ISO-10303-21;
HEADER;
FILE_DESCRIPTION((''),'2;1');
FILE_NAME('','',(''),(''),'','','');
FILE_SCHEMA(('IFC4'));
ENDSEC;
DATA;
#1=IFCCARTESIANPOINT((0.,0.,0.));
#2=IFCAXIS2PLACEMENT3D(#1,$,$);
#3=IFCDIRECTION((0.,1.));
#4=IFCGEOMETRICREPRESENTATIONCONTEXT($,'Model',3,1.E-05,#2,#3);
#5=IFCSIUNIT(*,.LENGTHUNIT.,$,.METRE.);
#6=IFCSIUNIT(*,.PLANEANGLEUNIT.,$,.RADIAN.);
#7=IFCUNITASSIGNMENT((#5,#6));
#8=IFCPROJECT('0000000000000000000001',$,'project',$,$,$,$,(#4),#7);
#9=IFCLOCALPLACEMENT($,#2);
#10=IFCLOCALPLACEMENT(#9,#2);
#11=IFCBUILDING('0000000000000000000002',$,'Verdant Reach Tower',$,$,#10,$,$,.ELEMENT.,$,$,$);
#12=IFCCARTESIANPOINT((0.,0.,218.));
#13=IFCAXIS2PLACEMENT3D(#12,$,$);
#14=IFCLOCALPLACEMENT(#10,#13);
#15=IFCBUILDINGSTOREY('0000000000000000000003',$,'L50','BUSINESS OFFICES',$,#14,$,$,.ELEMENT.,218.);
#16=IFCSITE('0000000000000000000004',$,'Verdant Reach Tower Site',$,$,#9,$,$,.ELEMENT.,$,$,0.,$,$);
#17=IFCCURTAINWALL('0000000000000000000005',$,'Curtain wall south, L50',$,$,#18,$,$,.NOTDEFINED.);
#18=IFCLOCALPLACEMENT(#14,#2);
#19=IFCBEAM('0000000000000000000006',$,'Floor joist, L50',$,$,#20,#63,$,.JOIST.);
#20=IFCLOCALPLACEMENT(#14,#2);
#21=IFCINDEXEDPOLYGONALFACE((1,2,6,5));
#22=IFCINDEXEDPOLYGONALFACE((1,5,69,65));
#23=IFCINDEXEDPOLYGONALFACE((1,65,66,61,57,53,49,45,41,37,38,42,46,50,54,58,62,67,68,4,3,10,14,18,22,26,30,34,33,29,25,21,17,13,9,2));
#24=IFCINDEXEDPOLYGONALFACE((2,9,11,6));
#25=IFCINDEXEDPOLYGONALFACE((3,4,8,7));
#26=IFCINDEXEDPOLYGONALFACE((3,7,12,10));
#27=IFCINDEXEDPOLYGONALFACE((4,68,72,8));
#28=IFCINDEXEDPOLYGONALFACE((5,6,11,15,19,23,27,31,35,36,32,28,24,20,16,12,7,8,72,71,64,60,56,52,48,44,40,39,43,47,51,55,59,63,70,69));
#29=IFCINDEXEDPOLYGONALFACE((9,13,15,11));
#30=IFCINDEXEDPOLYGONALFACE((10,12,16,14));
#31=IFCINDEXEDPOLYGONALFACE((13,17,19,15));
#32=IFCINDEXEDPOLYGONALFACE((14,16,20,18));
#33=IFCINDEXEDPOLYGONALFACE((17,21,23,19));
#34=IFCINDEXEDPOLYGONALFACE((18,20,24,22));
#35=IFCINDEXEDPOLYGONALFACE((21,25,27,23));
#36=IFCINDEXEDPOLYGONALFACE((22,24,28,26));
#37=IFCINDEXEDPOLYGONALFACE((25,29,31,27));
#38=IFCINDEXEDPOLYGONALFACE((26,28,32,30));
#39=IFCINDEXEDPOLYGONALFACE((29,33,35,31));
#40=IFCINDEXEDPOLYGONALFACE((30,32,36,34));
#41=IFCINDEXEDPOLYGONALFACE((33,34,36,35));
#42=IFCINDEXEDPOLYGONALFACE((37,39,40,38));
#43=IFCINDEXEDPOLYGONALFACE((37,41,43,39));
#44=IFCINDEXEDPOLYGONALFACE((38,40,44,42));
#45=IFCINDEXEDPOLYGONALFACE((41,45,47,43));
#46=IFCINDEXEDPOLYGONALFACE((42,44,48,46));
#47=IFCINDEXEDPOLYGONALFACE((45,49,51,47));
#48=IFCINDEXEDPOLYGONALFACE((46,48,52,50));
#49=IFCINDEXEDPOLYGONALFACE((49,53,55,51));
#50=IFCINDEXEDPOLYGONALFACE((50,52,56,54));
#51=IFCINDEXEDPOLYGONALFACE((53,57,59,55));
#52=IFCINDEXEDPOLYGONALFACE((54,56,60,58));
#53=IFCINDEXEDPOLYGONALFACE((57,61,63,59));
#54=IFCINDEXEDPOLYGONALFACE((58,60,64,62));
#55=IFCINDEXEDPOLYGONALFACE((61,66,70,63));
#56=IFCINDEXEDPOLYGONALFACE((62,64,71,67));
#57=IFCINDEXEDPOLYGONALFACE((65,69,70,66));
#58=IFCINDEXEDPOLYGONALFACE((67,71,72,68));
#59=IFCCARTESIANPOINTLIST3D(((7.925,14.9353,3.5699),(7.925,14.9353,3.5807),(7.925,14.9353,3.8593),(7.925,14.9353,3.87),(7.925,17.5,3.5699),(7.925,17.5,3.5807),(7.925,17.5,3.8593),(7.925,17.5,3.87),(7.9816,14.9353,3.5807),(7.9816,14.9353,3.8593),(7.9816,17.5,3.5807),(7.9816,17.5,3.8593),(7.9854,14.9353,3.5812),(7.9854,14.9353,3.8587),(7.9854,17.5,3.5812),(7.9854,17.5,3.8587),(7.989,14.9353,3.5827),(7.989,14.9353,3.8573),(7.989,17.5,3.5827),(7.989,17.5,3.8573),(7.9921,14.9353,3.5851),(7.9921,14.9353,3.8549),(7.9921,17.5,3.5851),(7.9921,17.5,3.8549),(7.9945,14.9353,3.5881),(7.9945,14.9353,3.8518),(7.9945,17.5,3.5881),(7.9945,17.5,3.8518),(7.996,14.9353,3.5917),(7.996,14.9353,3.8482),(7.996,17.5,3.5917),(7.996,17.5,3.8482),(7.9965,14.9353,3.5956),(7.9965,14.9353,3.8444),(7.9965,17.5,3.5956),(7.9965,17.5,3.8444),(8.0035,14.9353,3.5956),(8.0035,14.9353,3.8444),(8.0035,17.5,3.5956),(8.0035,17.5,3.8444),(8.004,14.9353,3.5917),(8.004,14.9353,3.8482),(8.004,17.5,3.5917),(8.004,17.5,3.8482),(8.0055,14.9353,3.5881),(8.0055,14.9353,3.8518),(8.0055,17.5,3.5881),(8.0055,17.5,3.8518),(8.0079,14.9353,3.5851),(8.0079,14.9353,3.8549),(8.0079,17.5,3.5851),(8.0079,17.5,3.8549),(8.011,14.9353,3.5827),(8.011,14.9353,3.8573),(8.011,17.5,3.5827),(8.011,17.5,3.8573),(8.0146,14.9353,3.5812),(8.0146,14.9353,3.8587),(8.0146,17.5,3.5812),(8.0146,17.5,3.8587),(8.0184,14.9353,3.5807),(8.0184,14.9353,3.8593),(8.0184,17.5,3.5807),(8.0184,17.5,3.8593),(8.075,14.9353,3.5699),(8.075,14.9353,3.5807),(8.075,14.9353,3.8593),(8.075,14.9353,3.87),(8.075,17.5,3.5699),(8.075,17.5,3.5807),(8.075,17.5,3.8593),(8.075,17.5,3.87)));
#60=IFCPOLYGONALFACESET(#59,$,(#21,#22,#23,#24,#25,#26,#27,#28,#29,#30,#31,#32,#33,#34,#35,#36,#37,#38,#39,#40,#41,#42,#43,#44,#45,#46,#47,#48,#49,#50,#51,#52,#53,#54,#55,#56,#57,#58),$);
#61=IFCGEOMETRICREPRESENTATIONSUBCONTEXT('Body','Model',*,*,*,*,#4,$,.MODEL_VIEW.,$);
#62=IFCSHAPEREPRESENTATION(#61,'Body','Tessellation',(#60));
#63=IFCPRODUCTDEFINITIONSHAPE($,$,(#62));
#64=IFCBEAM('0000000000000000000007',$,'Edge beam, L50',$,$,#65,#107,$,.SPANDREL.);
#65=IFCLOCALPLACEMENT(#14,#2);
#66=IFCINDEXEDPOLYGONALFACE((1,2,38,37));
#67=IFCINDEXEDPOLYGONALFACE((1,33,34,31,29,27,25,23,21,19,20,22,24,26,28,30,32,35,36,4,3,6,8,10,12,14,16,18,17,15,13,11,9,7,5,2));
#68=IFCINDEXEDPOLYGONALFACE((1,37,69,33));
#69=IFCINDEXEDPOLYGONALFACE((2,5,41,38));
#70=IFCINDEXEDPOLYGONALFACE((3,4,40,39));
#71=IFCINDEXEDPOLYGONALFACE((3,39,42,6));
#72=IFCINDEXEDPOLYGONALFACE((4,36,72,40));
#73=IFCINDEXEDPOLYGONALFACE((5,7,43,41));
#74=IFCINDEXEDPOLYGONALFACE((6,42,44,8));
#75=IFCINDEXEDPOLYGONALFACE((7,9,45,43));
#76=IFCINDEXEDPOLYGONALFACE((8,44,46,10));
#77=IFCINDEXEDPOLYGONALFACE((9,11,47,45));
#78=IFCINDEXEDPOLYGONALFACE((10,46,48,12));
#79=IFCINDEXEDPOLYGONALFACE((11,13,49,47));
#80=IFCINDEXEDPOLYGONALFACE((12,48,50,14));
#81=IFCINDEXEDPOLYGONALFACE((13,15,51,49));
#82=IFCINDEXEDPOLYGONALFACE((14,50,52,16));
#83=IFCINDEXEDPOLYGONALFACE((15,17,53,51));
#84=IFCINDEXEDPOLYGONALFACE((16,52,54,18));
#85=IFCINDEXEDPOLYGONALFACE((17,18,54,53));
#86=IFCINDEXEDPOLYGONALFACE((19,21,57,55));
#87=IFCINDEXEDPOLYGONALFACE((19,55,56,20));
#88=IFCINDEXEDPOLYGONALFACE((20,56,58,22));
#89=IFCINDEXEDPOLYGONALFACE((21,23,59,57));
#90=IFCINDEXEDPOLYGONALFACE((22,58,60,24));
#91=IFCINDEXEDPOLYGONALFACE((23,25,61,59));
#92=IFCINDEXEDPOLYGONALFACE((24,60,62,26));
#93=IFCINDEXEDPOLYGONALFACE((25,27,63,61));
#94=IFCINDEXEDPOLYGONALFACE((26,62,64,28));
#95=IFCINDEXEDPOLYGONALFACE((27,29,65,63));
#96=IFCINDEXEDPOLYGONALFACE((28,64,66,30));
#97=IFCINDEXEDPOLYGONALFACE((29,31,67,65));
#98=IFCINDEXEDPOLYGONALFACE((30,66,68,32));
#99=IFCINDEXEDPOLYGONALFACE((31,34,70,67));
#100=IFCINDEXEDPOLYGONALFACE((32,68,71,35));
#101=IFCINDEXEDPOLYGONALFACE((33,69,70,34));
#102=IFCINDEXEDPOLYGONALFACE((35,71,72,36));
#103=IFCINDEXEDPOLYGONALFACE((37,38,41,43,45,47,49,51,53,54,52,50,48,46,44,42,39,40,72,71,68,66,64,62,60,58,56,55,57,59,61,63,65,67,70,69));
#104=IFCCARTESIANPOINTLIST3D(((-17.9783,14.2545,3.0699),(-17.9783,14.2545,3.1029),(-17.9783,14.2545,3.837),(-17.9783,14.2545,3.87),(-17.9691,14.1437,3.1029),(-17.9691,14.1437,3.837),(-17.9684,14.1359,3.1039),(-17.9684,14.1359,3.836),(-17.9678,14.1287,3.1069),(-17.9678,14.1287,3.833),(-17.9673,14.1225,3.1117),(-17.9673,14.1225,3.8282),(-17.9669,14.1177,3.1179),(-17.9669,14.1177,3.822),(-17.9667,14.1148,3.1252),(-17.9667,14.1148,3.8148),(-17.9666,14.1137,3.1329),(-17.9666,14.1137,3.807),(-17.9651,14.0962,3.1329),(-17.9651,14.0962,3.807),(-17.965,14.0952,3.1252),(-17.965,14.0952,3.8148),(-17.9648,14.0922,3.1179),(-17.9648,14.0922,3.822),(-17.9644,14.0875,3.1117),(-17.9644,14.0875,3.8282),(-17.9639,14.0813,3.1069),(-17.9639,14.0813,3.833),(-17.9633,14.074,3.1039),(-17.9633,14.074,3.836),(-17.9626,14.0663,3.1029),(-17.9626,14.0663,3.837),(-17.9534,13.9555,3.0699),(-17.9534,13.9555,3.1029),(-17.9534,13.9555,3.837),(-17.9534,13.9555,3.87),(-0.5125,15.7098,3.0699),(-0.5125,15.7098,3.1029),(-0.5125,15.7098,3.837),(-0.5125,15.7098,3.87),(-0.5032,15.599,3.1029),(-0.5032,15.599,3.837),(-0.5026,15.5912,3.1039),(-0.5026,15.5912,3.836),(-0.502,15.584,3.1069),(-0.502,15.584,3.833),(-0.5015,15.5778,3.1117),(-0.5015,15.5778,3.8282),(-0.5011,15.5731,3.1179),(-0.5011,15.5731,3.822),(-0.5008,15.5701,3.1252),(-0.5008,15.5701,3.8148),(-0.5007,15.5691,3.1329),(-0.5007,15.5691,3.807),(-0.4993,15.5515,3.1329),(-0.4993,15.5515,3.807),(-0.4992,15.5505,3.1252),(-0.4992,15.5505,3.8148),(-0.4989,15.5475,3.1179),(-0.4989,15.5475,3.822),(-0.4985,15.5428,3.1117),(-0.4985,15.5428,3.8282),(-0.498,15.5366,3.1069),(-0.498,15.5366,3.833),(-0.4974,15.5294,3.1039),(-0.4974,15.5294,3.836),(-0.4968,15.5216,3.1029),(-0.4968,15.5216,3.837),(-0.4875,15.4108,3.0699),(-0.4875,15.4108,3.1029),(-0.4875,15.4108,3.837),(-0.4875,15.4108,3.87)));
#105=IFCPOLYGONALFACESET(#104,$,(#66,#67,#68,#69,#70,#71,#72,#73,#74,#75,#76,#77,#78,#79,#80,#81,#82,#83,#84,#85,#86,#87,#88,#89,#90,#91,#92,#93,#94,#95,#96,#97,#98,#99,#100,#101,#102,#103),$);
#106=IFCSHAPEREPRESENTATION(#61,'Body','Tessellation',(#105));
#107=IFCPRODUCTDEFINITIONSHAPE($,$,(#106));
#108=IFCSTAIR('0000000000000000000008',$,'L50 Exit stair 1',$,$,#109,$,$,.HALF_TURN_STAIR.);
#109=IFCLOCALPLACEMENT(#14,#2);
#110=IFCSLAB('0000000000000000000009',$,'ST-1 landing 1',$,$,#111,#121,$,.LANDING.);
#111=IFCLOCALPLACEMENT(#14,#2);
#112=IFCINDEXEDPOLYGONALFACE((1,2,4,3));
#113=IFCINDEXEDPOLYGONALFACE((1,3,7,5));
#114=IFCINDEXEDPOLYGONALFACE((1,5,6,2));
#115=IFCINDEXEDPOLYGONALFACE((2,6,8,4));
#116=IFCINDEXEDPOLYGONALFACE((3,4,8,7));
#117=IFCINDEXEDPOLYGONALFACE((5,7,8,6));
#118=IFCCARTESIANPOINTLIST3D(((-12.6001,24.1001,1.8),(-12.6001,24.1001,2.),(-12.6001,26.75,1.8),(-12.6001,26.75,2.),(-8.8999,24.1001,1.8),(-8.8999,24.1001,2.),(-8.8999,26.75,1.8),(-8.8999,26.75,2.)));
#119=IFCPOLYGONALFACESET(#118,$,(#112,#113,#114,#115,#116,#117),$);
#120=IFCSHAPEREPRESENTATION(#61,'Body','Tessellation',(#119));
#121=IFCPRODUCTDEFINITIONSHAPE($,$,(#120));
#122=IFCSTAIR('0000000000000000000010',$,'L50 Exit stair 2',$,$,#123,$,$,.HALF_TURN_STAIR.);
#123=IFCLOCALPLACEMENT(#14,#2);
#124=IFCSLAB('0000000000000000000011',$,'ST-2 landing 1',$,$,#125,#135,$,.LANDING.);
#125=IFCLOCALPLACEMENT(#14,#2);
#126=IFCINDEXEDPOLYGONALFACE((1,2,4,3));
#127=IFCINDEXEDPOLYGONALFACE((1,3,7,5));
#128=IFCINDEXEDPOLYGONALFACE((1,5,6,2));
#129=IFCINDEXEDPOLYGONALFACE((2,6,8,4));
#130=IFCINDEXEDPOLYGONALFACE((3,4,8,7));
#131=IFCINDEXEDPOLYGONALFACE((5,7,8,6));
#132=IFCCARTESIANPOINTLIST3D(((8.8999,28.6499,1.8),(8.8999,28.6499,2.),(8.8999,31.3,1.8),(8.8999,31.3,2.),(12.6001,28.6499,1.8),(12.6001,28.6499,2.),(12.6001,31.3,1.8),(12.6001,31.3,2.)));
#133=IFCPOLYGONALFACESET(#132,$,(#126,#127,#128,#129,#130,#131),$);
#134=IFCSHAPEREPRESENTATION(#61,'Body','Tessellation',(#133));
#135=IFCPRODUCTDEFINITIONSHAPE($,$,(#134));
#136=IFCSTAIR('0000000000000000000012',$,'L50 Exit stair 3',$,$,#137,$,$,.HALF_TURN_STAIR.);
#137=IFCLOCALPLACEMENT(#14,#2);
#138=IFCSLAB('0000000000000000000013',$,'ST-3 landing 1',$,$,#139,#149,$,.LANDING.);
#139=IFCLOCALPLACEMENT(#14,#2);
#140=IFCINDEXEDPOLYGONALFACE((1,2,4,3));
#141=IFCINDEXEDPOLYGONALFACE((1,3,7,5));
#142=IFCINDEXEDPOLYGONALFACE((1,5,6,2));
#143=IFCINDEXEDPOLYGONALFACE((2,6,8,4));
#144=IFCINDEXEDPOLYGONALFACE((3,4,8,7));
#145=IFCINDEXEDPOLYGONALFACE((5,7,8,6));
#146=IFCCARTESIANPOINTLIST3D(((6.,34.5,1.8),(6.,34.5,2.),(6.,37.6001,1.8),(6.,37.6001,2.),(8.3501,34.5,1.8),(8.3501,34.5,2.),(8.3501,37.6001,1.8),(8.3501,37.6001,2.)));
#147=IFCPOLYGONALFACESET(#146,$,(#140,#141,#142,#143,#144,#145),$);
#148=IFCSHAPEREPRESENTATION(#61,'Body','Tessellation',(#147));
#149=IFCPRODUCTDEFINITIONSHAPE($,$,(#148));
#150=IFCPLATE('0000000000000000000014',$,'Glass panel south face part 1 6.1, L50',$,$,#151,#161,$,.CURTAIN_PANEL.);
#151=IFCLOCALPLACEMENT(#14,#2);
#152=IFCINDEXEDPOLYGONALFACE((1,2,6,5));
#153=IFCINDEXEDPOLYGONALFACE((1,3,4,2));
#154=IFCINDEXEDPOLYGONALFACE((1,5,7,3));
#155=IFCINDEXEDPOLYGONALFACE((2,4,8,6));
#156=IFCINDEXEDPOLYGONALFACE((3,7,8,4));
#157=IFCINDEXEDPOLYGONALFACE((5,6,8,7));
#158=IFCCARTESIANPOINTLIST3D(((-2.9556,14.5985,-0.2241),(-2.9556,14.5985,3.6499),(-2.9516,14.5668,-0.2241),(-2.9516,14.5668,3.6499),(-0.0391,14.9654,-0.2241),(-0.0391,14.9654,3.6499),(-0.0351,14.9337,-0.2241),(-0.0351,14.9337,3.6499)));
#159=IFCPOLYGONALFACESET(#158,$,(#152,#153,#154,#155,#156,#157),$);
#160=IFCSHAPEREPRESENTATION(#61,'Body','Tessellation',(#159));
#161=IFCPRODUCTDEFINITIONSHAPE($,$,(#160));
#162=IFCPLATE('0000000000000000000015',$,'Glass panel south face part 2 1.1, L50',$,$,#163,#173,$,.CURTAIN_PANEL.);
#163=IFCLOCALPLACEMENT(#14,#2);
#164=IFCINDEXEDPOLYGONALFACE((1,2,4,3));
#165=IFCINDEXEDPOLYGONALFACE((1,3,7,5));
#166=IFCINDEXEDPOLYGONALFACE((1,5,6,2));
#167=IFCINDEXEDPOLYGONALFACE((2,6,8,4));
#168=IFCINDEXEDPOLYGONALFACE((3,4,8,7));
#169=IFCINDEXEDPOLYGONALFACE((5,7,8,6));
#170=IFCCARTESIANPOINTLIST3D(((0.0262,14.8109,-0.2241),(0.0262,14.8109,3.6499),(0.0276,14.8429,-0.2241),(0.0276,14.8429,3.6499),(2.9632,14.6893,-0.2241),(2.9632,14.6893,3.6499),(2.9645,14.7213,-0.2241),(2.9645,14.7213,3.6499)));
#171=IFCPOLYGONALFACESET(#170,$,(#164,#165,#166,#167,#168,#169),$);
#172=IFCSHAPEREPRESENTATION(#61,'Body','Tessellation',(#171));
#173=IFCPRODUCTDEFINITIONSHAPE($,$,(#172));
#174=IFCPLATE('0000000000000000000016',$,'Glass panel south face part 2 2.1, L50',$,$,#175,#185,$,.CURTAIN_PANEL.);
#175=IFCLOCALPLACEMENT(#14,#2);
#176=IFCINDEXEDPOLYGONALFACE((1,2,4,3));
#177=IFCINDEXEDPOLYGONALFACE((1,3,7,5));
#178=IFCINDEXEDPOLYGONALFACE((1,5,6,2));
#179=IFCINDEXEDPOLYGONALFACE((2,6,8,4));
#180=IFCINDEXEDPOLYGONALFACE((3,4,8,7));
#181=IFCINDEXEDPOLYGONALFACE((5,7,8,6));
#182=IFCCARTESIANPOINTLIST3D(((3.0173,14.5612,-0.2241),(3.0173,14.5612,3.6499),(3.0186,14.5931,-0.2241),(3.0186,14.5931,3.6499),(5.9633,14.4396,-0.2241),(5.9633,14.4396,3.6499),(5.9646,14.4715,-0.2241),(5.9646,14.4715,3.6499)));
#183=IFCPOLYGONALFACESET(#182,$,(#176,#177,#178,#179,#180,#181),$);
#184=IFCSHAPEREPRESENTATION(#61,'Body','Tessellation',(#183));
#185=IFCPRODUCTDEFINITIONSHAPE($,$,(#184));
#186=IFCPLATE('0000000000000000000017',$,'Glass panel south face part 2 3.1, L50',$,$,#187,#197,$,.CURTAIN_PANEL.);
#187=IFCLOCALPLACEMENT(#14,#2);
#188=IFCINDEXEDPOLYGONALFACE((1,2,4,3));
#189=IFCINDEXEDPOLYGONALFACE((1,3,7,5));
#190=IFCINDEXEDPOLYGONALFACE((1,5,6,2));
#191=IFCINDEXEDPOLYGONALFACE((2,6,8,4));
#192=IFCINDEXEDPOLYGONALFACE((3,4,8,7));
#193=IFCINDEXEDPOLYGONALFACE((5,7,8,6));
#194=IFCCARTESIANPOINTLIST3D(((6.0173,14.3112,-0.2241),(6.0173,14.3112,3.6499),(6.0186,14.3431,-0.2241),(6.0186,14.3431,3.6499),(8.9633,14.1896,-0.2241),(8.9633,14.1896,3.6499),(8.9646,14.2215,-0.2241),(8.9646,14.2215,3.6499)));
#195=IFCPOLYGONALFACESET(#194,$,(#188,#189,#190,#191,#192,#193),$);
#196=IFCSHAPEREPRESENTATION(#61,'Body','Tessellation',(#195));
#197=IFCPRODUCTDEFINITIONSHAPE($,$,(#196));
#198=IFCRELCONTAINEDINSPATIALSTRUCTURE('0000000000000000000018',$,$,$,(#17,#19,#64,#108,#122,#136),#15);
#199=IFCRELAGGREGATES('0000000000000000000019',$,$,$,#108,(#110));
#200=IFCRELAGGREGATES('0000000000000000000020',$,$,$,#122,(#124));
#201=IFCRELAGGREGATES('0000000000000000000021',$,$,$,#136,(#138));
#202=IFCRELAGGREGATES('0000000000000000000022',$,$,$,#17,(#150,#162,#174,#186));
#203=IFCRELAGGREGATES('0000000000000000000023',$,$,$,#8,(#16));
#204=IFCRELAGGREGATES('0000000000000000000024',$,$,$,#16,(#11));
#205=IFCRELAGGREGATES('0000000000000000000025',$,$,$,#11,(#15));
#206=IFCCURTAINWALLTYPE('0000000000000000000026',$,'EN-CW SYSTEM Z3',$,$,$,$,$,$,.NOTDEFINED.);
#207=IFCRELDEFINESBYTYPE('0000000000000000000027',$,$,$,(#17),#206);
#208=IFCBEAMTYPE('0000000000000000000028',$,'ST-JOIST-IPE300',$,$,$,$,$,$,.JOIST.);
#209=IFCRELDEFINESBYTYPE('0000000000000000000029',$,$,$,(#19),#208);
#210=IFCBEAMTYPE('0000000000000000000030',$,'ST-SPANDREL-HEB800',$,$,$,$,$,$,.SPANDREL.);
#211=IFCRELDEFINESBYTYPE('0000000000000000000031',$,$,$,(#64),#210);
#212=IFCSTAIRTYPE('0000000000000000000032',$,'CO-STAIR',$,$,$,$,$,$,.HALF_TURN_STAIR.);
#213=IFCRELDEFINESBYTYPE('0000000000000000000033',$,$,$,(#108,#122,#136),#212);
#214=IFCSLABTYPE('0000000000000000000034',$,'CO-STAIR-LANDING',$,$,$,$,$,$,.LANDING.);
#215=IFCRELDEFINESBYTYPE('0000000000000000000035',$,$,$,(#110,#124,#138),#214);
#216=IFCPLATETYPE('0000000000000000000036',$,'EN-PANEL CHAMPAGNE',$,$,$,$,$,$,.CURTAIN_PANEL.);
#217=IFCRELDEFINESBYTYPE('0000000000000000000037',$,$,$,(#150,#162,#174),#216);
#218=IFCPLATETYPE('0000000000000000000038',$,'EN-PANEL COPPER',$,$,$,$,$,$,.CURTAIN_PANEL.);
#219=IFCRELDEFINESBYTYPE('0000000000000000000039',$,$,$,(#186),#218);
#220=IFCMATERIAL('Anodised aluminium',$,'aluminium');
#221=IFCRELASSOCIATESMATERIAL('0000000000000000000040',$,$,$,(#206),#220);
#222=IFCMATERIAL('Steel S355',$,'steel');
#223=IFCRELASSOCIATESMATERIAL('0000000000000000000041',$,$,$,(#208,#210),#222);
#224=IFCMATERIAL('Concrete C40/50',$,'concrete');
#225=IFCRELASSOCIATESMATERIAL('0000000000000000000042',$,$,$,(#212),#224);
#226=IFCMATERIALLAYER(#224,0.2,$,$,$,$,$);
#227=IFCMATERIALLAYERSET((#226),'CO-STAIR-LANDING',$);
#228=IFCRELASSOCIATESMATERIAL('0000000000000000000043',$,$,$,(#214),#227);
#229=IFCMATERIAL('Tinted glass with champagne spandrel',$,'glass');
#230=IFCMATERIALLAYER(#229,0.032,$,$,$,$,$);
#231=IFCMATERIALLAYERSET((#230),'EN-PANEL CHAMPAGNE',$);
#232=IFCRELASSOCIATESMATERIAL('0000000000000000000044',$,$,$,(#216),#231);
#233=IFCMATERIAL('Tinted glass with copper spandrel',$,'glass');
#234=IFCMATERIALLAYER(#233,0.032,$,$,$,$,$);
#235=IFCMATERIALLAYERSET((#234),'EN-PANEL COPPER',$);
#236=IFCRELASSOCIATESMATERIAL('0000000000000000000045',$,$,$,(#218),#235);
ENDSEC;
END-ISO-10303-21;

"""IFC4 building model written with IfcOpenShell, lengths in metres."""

from ifc_helpers import new_model, si_unit, direction, frame, origin, origin_2d, place, context, subcontext, project, spatial, polyline, rectangle, i_section, outline, extrude, material, layer, layer_set, material_profile, profile_set, type_object, element, aggregate, save


model = new_model("IFC4")

# Units and contexts
model_context = context("Model", 3, precision=1e-05, world=origin(), true_north=direction((0.0, 1.0)))
body_context = subcontext(model_context, "Body", "Model", "MODEL_VIEW")
ifc_project = project(units=[si_unit("LENGTHUNIT", "METRE"), si_unit("PLANEANGLEUNIT", "RADIAN")], contexts=[model_context])

# Site, building, storey
site_placement = place(None, origin())
site = spatial("IfcSite", under=ifc_project, at=site_placement, Name="Verdant Reach Tower Site", CompositionType="ELEMENT", RefElevation=0.0)
building_placement = place(site_placement, origin())
building = spatial("IfcBuilding", under=site, at=building_placement, Name="Verdant Reach Tower", CompositionType="ELEMENT")
storey_placement = place(building_placement, frame((0.0, 0.0, 218.0)))
storey = spatial("IfcBuildingStorey", under=building, at=storey_placement, Name="L50", Description="BUSINESS OFFICES", CompositionType="ELEMENT", Elevation=218.0)

# Curtain wall
ifc_material_1 = material(Name="Anodised aluminium", Category="aluminium")
curtain_wall_type = type_object("IfcCurtainWallType", Name="EN-CW SYSTEM Z3", PredefinedType="NOTDEFINED", material=ifc_material_1)
curtain_wall_placement = place(storey_placement, origin())
curtain_wall = element("IfcCurtainWall", 1, at=curtain_wall_placement, inside=storey, type_object=curtain_wall_type, Name="Curtain wall south, L50", PredefinedType="NOTDEFINED")

# Beams
ifc_material_2 = material(Name="Steel S355", Category="steel")
ifc_material_profile_1 = material_profile(ifc_material_2, i_section(OverallWidth=0.1499, OverallDepth=0.3, WebThickness=0.0071, FlangeThickness=0.0107, FilletRadius=0.0149, at=origin_2d()), Name="IPE 300")
ifc_profile_set_1 = profile_set([ifc_material_profile_1], Name="Steel S355")
beam_type_1 = type_object("IfcBeamType", Name="ST-JOIST-IPE300", PredefinedType="JOIST", material=ifc_profile_set_1)
beam_1_placement = place(storey_placement, frame((8.0, 17.5, 3.72), z_axis=(0.0, -1.0, 0.0), x_axis=(1.0, 0.0, 0.0)))
element("IfcBeam", 2, at=beam_1_placement, inside=storey, type_object=beam_type_1, Name="Floor joist, L50", PredefinedType="JOIST", context=body_context, shape_type="SweptSolid", body=[
    extrude(i_section(OverallWidth=0.1499, OverallDepth=0.3, WebThickness=0.0071, FlangeThickness=0.0107, FilletRadius=0.0149, at=origin_2d()), origin(), (0.0, 0.0, 1.0), 2.5647),
])
ifc_material_profile_2 = material_profile(ifc_material_2, i_section(OverallWidth=0.3, OverallDepth=0.8, WebThickness=0.0176, FlangeThickness=0.033, FilletRadius=0.03, at=origin_2d()), Name="HEB 800")
ifc_profile_set_2 = profile_set([ifc_material_profile_2], Name="Steel S355")
beam_type_2 = type_object("IfcBeamType", Name="ST-SPANDREL-HEB800", PredefinedType="SPANDREL", material=ifc_profile_set_2)
beam_2_placement = place(storey_placement, frame((-0.5, 15.5603, 3.47), z_axis=(-0.996547, -0.083036, 0.0), x_axis=(0.083036, -0.996547, 0.0)))
element("IfcBeam", 3, at=beam_2_placement, inside=storey, type_object=beam_type_2, Name="Edge beam, L50", PredefinedType="SPANDREL", context=body_context, shape_type="SweptSolid", body=[
    extrude(i_section(OverallWidth=0.3, OverallDepth=0.8, WebThickness=0.0176, FlangeThickness=0.033, FilletRadius=0.03, at=origin_2d()), origin(), (0.0, 0.0, 1.0), 17.5264),
])

# Stairs, slabs
ifc_material_3 = material(Name="Concrete C40/50", Category="concrete")
stair_type = type_object("IfcStairType", Name="CO-STAIR", PredefinedType="HALF_TURN_STAIR", material=ifc_material_3)
stair_1_placement = place(storey_placement, origin())
stair_1 = element("IfcStair", 4, at=stair_1_placement, inside=storey, type_object=stair_type, Name="L50 Exit stair 1", PredefinedType="HALF_TURN_STAIR")
ifc_layer_1 = layer(ifc_material_3, 0.2)
ifc_layer_set_1 = layer_set([ifc_layer_1], Name="CO-STAIR-LANDING")
slab_type_1 = type_object("IfcSlabType", Name="CO-STAIR-LANDING", PredefinedType="LANDING", material=ifc_layer_set_1)
slab_1_placement = place(storey_placement, frame((0.0, 0.0, 1.8)))
slab_1 = element("IfcSlab", 5, at=slab_1_placement, type_object=slab_type_1, Name="ST-1 landing 1", PredefinedType="LANDING", context=body_context, shape_type="SweptSolid", body=[
    extrude(outline(polyline([(-12.6001, 26.75), (-12.6001, 24.1001), (-8.8999, 24.1001), (-8.8999, 26.75), (-12.6001, 26.75)])), origin(), (0.0, 0.0, 1.0), 0.2),
])
aggregate(stair_1, [slab_1])
stair_2_placement = place(storey_placement, origin())
stair_2 = element("IfcStair", 6, at=stair_2_placement, inside=storey, type_object=stair_type, Name="L50 Exit stair 2", PredefinedType="HALF_TURN_STAIR")
slab_2_placement = place(storey_placement, frame((0.0, 0.0, 1.8)))
slab_2 = element("IfcSlab", 7, at=slab_2_placement, type_object=slab_type_1, Name="ST-2 landing 1", PredefinedType="LANDING", context=body_context, shape_type="SweptSolid", body=[
    extrude(outline(polyline([(12.6001, 28.6499), (12.6001, 31.3), (8.8999, 31.3), (8.8999, 28.6499), (12.6001, 28.6499)])), origin(), (0.0, 0.0, 1.0), 0.2),
])
aggregate(stair_2, [slab_2])
stair_3_placement = place(storey_placement, origin())
stair_3 = element("IfcStair", 8, at=stair_3_placement, inside=storey, type_object=stair_type, Name="L50 Exit stair 3", PredefinedType="HALF_TURN_STAIR")
slab_3_placement = place(storey_placement, frame((0.0, 0.0, 1.8)))
slab_3 = element("IfcSlab", 9, at=slab_3_placement, type_object=slab_type_1, Name="ST-3 landing 1", PredefinedType="LANDING", context=body_context, shape_type="SweptSolid", body=[
    extrude(outline(polyline([(8.3501, 37.6001), (6.0, 37.6001), (6.0, 34.5), (8.3501, 34.5), (8.3501, 37.6001)])), origin(), (0.0, 0.0, 1.0), 0.2),
])
aggregate(stair_3, [slab_3])

# Plates
ifc_material_4 = material(Name="Tinted glass with champagne spandrel", Category="glass")
ifc_layer_2 = layer(ifc_material_4, 0.032)
ifc_layer_set_2 = layer_set([ifc_layer_2], Name="EN-PANEL CHAMPAGNE")
plate_type_1 = type_object("IfcPlateType", Name="EN-PANEL CHAMPAGNE", PredefinedType="CURTAIN_PANEL", material=ifc_layer_set_2)
plate_1_placement = place(storey_placement, frame((-1.4954, 14.7661, -0.2241), z_axis=(0.0, 0.0, 1.0), x_axis=(0.992178, 0.124828, 0.0)))
plate_1 = element("IfcPlate", 10, at=plate_1_placement, type_object=plate_type_1, Name="Glass panel south face part 1 6.1, L50", PredefinedType="CURTAIN_PANEL", context=body_context, shape_type="SweptSolid", body=[
    extrude(rectangle(XDim=2.9395, YDim=0.032, at=origin_2d()), origin(), (0.0, 0.0, 1.0), 3.874),
])
plate_2_placement = place(storey_placement, frame((1.4954, 14.7661, -0.2241), z_axis=(0.0, 0.0, 1.0), x_axis=(0.999144, -0.041367, 0.0)))
plate_2 = element("IfcPlate", 11, at=plate_2_placement, type_object=plate_type_1, Name="Glass panel south face part 2 1.1, L50", PredefinedType="CURTAIN_PANEL", context=body_context, shape_type="SweptSolid", body=[
    extrude(rectangle(XDim=2.9395, YDim=0.032, at=origin_2d()), origin(), (0.0, 0.0, 1.0), 3.874),
])
plate_3_placement = place(storey_placement, frame((4.491, 14.5164, -0.2241), z_axis=(0.0, 0.0, 1.0), x_axis=(0.999149, -0.041242, 0.0)))
plate_3 = element("IfcPlate", 12, at=plate_3_placement, type_object=plate_type_1, Name="Glass panel south face part 2 2.1, L50", PredefinedType="CURTAIN_PANEL", context=body_context, shape_type="SweptSolid", body=[
    extrude(rectangle(XDim=2.9485, YDim=0.032, at=origin_2d()), origin(), (0.0, 0.0, 1.0), 3.874),
])
ifc_material_5 = material(Name="Tinted glass with copper spandrel", Category="glass")
ifc_layer_3 = layer(ifc_material_5, 0.032)
ifc_layer_set_3 = layer_set([ifc_layer_3], Name="EN-PANEL COPPER")
plate_type_2 = type_object("IfcPlateType", Name="EN-PANEL COPPER", PredefinedType="CURTAIN_PANEL", material=ifc_layer_set_3)
plate_4_placement = place(storey_placement, frame((7.491, 14.2664, -0.2241), z_axis=(0.0, 0.0, 1.0), x_axis=(0.999149, -0.041242, 0.0)))
plate_4 = element("IfcPlate", 13, at=plate_4_placement, type_object=plate_type_2, Name="Glass panel south face part 2 3.1, L50", PredefinedType="CURTAIN_PANEL", context=body_context, shape_type="SweptSolid", body=[
    extrude(rectangle(XDim=2.9485, YDim=0.032, at=origin_2d()), origin(), (0.0, 0.0, 1.0), 3.874),
])
aggregate(curtain_wall, [plate_1, plate_2, plate_3, plate_4])

save(model, "model.ifc")
